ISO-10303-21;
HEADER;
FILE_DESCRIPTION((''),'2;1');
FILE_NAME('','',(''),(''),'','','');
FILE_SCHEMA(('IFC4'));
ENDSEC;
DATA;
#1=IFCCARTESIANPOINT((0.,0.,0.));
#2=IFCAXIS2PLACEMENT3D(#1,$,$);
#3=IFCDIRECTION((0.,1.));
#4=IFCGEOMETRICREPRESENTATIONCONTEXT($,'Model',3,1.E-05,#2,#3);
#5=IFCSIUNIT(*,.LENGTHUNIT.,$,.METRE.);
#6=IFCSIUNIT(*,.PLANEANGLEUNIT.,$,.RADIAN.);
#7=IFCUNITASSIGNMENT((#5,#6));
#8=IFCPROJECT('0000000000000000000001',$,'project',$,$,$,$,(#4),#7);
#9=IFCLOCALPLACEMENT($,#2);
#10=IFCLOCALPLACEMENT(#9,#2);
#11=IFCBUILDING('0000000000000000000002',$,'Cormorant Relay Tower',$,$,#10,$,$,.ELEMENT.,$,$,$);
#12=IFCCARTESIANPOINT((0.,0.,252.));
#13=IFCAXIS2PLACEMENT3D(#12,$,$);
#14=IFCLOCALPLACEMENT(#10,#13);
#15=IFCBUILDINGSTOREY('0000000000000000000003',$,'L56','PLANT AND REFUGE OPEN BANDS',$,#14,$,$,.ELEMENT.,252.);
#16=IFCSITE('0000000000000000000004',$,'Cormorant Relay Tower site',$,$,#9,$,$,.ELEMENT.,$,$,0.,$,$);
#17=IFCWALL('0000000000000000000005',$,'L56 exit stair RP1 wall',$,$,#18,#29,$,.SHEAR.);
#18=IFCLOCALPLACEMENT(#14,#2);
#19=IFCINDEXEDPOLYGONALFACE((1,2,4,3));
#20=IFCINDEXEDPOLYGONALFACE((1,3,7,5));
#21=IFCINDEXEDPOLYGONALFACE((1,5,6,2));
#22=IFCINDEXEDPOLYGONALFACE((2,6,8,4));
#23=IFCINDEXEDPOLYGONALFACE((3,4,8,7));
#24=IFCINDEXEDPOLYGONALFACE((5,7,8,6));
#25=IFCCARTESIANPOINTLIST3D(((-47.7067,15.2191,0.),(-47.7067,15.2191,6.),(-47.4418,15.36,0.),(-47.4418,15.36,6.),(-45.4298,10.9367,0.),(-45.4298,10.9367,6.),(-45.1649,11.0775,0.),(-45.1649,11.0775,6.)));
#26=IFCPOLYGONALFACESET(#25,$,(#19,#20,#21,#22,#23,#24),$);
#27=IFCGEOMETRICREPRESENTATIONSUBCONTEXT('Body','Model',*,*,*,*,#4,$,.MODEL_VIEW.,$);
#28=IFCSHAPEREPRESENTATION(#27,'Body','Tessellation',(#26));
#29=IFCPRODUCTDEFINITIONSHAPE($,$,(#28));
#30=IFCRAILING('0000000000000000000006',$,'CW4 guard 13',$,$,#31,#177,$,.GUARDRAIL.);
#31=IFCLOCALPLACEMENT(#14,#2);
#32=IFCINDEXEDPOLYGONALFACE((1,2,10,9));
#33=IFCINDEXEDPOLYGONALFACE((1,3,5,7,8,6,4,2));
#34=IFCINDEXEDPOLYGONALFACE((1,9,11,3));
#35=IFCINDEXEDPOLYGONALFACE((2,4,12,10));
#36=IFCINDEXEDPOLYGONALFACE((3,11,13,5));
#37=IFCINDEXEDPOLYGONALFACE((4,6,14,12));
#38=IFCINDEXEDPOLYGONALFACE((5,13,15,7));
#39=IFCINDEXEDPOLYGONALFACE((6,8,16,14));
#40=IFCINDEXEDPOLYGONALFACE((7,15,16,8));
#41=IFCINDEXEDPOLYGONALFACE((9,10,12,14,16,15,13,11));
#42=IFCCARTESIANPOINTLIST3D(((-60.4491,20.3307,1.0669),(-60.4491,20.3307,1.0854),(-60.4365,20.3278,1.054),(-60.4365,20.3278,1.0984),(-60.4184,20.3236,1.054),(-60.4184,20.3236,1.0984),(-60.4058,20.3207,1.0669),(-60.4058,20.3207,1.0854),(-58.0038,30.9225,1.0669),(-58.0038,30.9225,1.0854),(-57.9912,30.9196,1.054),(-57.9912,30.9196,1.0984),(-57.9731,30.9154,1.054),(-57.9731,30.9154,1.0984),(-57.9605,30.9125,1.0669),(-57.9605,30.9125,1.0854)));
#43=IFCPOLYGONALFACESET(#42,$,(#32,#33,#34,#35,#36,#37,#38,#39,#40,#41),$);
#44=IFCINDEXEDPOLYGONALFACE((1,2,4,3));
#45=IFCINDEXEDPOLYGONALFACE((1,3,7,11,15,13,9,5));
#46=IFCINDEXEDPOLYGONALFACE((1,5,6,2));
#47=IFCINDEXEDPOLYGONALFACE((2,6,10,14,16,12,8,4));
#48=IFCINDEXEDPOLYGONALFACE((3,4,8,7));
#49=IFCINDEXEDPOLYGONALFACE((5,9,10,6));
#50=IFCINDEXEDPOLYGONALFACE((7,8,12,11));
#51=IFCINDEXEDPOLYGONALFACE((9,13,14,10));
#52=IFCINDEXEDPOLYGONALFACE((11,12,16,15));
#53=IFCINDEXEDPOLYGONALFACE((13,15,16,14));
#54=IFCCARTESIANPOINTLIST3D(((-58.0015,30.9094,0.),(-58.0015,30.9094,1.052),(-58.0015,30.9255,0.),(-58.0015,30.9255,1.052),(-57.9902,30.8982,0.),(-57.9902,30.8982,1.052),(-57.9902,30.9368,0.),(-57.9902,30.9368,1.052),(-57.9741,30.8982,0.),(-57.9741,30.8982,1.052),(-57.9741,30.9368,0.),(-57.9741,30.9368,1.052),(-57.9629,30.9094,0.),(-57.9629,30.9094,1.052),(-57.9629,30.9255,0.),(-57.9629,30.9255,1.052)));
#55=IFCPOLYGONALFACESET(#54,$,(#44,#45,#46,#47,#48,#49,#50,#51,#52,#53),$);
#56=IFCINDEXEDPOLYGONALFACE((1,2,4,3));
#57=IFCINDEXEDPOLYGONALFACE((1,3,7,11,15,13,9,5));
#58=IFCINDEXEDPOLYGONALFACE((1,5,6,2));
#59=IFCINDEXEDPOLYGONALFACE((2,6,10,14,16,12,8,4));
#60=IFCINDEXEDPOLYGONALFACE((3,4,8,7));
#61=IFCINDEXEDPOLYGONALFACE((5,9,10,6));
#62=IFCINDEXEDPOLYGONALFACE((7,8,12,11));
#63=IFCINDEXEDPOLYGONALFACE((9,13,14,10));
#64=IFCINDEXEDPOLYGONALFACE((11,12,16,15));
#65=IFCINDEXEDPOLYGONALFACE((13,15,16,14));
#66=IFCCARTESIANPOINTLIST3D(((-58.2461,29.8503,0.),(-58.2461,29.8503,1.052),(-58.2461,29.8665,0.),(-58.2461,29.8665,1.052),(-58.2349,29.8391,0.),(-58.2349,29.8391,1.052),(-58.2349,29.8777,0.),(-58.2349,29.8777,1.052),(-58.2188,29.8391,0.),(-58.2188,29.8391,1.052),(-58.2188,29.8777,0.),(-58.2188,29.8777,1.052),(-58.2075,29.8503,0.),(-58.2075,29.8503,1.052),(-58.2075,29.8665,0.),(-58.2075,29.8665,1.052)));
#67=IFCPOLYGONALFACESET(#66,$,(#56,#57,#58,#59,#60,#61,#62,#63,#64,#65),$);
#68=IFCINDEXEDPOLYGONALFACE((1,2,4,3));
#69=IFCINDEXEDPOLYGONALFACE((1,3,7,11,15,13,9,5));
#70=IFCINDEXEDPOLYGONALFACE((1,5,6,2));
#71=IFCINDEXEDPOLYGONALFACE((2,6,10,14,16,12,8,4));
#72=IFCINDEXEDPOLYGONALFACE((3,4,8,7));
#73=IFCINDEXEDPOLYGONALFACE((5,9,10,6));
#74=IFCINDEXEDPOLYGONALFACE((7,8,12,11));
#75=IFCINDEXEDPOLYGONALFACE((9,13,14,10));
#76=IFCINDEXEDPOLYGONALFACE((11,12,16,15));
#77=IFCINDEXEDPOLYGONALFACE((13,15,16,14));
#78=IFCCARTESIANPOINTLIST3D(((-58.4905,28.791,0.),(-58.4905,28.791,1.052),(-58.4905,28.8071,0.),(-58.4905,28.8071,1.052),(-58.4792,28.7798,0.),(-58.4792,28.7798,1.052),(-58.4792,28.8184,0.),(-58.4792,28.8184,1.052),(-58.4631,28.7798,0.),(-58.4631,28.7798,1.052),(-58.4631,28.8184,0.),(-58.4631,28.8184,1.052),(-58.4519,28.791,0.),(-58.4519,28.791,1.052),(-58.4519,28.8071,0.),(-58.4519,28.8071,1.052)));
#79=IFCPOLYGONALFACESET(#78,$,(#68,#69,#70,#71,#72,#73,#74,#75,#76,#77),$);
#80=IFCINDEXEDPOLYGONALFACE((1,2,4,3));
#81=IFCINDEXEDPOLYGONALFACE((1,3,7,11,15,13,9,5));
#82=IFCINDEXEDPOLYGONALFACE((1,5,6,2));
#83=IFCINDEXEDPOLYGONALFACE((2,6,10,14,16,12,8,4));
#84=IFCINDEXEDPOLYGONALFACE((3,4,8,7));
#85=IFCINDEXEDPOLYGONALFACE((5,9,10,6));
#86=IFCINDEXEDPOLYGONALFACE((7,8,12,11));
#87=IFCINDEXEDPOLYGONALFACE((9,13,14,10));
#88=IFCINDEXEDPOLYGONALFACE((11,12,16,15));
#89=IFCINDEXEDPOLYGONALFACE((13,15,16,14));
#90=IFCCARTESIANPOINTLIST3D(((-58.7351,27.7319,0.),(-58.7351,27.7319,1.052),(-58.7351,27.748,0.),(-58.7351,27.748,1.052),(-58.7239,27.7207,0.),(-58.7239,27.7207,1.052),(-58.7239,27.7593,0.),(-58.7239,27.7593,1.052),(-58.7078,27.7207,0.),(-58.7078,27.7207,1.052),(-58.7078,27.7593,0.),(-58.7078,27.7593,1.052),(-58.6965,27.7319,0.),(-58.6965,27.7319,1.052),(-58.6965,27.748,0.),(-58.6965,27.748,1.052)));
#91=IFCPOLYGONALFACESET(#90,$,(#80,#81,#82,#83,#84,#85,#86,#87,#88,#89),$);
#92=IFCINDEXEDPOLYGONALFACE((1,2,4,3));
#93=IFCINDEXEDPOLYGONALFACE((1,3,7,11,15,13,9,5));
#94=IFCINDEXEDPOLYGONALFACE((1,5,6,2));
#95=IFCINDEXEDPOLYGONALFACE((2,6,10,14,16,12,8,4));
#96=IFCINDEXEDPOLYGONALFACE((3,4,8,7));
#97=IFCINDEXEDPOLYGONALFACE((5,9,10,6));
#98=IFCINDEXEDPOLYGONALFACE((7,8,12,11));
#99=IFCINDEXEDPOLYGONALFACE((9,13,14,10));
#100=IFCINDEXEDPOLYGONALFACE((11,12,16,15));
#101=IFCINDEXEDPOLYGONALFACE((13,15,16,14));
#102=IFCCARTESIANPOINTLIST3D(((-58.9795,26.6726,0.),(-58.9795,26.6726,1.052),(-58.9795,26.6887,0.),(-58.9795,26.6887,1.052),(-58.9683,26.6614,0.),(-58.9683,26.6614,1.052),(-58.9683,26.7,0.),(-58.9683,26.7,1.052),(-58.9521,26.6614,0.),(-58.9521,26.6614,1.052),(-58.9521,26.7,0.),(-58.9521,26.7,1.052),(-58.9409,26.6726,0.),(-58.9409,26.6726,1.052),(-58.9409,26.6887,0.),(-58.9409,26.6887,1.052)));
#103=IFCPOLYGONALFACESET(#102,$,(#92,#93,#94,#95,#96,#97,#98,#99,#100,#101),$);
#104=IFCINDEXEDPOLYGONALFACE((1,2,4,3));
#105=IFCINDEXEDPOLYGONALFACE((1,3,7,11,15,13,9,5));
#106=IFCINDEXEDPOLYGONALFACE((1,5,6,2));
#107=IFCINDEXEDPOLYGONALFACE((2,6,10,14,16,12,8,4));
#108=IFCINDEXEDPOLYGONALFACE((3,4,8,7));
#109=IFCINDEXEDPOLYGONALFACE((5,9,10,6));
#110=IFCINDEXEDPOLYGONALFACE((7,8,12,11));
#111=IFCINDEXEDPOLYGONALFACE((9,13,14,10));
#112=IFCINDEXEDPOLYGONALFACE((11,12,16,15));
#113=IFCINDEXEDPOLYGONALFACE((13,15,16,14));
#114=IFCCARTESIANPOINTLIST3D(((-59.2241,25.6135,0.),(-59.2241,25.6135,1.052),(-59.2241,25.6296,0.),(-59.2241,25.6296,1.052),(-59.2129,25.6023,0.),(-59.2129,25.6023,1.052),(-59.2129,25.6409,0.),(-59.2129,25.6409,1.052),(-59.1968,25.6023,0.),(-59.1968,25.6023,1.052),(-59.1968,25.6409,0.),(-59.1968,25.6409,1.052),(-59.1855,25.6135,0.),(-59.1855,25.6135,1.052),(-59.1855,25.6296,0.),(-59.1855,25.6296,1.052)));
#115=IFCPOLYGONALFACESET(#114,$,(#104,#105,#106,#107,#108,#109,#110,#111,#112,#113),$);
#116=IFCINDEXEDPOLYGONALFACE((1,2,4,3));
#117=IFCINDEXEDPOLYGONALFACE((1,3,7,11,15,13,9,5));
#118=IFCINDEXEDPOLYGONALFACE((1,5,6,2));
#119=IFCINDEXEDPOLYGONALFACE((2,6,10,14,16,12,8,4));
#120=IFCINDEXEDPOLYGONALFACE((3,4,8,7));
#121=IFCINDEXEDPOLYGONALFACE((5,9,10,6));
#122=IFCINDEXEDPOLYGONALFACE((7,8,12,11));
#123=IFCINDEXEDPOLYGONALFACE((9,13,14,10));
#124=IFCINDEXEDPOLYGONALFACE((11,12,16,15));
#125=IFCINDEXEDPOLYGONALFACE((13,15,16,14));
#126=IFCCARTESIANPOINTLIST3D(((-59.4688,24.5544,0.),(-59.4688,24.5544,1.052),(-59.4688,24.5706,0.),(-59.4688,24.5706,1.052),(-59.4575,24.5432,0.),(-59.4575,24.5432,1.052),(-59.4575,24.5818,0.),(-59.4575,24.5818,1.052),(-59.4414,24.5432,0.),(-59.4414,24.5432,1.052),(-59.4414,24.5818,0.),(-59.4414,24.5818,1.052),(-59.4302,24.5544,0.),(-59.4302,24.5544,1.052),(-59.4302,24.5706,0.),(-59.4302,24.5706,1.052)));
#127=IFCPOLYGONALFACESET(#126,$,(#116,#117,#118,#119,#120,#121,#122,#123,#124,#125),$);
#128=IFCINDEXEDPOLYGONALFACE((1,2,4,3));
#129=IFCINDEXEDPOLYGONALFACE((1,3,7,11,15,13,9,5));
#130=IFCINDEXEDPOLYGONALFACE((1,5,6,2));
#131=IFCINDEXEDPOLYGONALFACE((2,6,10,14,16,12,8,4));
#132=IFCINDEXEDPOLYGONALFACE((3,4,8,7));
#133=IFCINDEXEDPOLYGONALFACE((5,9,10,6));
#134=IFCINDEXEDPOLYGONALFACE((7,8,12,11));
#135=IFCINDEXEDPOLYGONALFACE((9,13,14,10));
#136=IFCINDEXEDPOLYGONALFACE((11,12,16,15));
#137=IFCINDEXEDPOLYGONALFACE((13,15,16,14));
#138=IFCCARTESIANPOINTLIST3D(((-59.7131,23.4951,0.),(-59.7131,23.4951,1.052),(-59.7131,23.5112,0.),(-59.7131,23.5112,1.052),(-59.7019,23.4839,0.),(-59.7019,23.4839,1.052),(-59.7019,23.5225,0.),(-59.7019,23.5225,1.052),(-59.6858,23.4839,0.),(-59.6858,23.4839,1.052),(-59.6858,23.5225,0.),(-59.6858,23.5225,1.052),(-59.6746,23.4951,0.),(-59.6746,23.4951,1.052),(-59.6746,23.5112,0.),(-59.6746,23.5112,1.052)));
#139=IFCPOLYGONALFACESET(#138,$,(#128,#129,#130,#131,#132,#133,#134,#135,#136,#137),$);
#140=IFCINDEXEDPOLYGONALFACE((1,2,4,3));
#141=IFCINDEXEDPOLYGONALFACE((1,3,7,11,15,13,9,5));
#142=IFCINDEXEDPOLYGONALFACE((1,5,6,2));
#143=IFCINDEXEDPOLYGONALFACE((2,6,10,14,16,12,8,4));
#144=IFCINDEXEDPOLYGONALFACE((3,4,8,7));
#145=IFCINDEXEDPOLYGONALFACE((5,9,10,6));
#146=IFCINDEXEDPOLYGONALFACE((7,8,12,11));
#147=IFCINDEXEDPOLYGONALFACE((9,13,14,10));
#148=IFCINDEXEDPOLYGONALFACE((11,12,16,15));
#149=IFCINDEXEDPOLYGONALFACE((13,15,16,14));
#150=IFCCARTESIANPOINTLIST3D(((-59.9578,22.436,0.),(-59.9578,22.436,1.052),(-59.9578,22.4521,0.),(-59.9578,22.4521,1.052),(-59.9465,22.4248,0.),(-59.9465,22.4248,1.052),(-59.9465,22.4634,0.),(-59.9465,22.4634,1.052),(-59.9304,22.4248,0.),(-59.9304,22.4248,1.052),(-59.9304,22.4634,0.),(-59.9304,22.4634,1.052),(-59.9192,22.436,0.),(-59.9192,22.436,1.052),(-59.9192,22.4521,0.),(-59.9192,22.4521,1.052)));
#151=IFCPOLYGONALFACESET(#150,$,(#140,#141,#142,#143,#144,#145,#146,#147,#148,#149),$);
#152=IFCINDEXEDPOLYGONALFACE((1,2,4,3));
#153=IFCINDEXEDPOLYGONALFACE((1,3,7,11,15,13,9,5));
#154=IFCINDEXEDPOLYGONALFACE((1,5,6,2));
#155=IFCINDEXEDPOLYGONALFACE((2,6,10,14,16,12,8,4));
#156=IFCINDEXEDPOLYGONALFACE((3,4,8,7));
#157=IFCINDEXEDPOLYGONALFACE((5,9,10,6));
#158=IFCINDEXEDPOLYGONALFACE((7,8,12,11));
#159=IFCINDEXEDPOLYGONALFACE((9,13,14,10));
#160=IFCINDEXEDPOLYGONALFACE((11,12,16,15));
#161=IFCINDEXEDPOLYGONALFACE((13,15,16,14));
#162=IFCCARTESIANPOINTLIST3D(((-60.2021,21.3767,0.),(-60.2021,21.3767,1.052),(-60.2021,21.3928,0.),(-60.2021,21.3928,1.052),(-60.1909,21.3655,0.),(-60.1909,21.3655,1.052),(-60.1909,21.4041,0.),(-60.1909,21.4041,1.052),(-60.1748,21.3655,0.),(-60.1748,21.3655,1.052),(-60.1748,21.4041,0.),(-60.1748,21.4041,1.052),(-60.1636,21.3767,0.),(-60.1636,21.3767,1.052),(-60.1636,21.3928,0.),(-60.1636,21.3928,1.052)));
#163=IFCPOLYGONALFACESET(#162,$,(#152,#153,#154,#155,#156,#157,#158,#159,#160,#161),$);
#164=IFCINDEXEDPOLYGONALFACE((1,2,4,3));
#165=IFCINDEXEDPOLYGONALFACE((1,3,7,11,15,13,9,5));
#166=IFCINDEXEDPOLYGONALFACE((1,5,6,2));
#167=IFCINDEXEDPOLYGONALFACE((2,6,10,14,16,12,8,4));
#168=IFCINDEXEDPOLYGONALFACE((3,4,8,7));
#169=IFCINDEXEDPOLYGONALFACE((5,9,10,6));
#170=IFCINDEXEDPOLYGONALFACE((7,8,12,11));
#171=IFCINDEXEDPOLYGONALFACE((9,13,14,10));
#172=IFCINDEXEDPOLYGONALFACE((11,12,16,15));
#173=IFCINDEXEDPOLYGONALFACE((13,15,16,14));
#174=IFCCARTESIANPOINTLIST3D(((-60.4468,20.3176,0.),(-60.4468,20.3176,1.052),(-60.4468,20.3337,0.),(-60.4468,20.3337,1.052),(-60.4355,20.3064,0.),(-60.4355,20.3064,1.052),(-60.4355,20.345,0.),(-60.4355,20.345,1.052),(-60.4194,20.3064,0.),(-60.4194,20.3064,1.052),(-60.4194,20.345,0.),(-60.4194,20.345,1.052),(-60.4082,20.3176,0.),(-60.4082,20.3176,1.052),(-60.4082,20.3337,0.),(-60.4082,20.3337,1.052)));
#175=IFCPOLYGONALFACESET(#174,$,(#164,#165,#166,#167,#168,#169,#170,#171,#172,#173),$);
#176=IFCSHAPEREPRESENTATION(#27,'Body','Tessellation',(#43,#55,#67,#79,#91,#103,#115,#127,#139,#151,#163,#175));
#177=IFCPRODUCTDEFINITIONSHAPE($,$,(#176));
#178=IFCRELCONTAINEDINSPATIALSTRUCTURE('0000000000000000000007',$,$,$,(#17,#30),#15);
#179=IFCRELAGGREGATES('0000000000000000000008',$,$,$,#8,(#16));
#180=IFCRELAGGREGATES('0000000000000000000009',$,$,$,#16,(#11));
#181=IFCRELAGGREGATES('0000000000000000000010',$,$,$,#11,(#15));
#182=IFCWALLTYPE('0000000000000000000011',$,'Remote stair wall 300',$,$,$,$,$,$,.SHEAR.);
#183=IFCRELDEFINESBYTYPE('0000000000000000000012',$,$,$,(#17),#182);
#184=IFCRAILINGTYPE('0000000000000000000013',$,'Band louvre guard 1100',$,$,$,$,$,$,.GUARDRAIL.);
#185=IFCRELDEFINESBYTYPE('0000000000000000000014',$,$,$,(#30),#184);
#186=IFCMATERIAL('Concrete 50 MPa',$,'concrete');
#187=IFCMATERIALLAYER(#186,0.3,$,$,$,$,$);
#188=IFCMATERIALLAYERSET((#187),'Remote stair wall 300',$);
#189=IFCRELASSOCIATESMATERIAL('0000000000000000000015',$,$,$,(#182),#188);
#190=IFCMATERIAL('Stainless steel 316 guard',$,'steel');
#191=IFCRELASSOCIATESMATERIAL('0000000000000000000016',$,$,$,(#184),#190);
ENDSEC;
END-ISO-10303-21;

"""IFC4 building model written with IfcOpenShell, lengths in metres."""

from ifc_helpers import new_model, si_unit, direction, frame, frame_2d, origin, place, context, subcontext, project, spatial, polyline, rectangle, outline, extrude, material, layer, layer_set, type_object, element, save


model = new_model("IFC4")

# Units and contexts
model_context = context("Model", 3, precision=1e-05, world=origin(), true_north=direction((0.0, 1.0)))
body_context = subcontext(model_context, "Body", "Model", "MODEL_VIEW")
ifc_project = project(units=[si_unit("LENGTHUNIT", "METRE"), si_unit("PLANEANGLEUNIT", "RADIAN")], contexts=[model_context])

# Site, building, storey
site_placement = place(None, origin())
site = spatial("IfcSite", under=ifc_project, at=site_placement, Name="Cormorant Relay Tower site", CompositionType="ELEMENT", RefElevation=0.0)
building_placement = place(site_placement, origin())
building = spatial("IfcBuilding", under=site, at=building_placement, Name="Cormorant Relay Tower", CompositionType="ELEMENT")
storey_placement = place(building_placement, frame((0.0, 0.0, 252.0)))
storey = spatial("IfcBuildingStorey", under=building, at=storey_placement, Name="L56", Description="PLANT AND REFUGE OPEN BANDS", CompositionType="ELEMENT", Elevation=252.0)

# Wall
ifc_material_1 = material(Name="Concrete 50 MPa", Category="concrete")
ifc_layer_1 = layer(ifc_material_1, 0.3)
ifc_layer_set_1 = layer_set([ifc_layer_1], Name="Remote stair wall 300")
wall_type_1 = type_object("IfcWallType", Name="Remote stair wall 300", PredefinedType="SHEAR", material=ifc_layer_set_1)
wall_1_placement = place(storey_placement, frame((-47.5742, 15.2896, 0.0), z_axis=(0.0, 0.0, 1.0), x_axis=(0.469443, -0.882963, 0.0)))
element("IfcWall", 1, at=wall_1_placement, inside=storey, type_object=wall_type_1, Name="L56 exit stair RP1 wall", PredefinedType="SHEAR", context=body_context, shape_type="SweptSolid", body=[
    extrude(rectangle(XDim=4.8501, YDim=0.3, at=frame_2d((2.425, 0.0))), origin(), (0.0, 0.0, 1.0), 6.0),
])

# Railing
ifc_material_2 = material(Name="Stainless steel 316 guard", Category="steel")
railing_type = type_object("IfcRailingType", Name="Band louvre guard 1100", PredefinedType="GUARDRAIL", material=ifc_material_2)
railing_1_placement = place(storey_placement, frame((-57.9822, 30.9175, 0.0)))
element("IfcRailing", 2, at=railing_1_placement, inside=storey, type_object=railing_type, Name="CW4 guard 13", PredefinedType="GUARDRAIL", context=body_context, shape_type="SweptSolid", body=[
    extrude(outline(polyline([(0.0222, 0.0093), (0.0093, 0.0222), (-0.0093, 0.0222), (-0.0222, 0.0093), (-0.0222, -0.0093), (-0.0093, -0.0222), (0.0093, -0.0222), (0.0222, -0.0093), (0.0222, 0.0093)])), frame((0.0, 0.0, 1.0762), z_axis=(-0.224951, -0.97437, 0.0), x_axis=(0.97437, -0.224951, 0.0)), (0.0, 0.0, 1.0), 10.8704),
    extrude(outline(polyline([(0.0193, 0.0081), (0.0081, 0.0193), (-0.0081, 0.0193), (-0.0193, 0.0081), (-0.0193, -0.0081), (-0.0081, -0.0193), (0.0081, -0.0193), (0.0193, -0.0081), (0.0193, 0.0081)])), origin(), (0.0, 0.0, 1.0), 1.052),
    extrude(outline(polyline([(0.0193, 0.0081), (0.0081, 0.0193), (-0.0081, 0.0193), (-0.0193, 0.0081), (-0.0193, -0.0081), (-0.0081, -0.0193), (0.0081, -0.0193), (0.0193, -0.0081), (0.0193, 0.0081)])), frame((-0.2446, -1.0591, 0.0)), (0.0, 0.0, 1.0), 1.052),
    extrude(outline(polyline([(0.0193, 0.0081), (0.0081, 0.0193), (-0.0081, 0.0193), (-0.0193, 0.0081), (-0.0193, -0.0081), (-0.0081, -0.0193), (0.0081, -0.0193), (0.0193, -0.0081), (0.0193, 0.0081)])), frame((-0.489, -2.1184, 0.0)), (0.0, 0.0, 1.0), 1.052),
    extrude(outline(polyline([(0.0193, 0.0081), (0.0081, 0.0193), (-0.0081, 0.0193), (-0.0193, 0.0081), (-0.0193, -0.0081), (-0.0081, -0.0193), (0.0081, -0.0193), (0.0193, -0.0081), (0.0193, 0.0081)])), frame((-0.7336, -3.1775, 0.0)), (0.0, 0.0, 1.0), 1.052),
    extrude(outline(polyline([(0.0193, 0.0081), (0.0081, 0.0193), (-0.0081, 0.0193), (-0.0193, 0.0081), (-0.0193, -0.0081), (-0.0081, -0.0193), (0.0081, -0.0193), (0.0193, -0.0081), (0.0193, 0.0081)])), frame((-0.978, -4.2368, 0.0)), (0.0, 0.0, 1.0), 1.052),
    extrude(outline(polyline([(0.0193, 0.0081), (0.0081, 0.0193), (-0.0081, 0.0193), (-0.0193, 0.0081), (-0.0193, -0.0081), (-0.0081, -0.0193), (0.0081, -0.0193), (0.0193, -0.0081), (0.0193, 0.0081)])), frame((-1.2227, -5.2959, 0.0)), (0.0, 0.0, 1.0), 1.052),
    extrude(outline(polyline([(0.0193, 0.0081), (0.0081, 0.0193), (-0.0081, 0.0193), (-0.0193, 0.0081), (-0.0193, -0.0081), (-0.0081, -0.0193), (0.0081, -0.0193), (0.0193, -0.0081), (0.0193, 0.0081)])), frame((-1.4673, -6.355, 0.0)), (0.0, 0.0, 1.0), 1.052),
    extrude(outline(polyline([(0.0193, 0.0081), (0.0081, 0.0193), (-0.0081, 0.0193), (-0.0193, 0.0081), (-0.0193, -0.0081), (-0.0081, -0.0193), (0.0081, -0.0193), (0.0193, -0.0081), (0.0193, 0.0081)])), frame((-1.7117, -7.4143, 0.0)), (0.0, 0.0, 1.0), 1.052),
    extrude(outline(polyline([(0.0193, 0.0081), (0.0081, 0.0193), (-0.0081, 0.0193), (-0.0193, 0.0081), (-0.0193, -0.0081), (-0.0081, -0.0193), (0.0081, -0.0193), (0.0193, -0.0081), (0.0193, 0.0081)])), frame((-1.9563, -8.4734, 0.0)), (0.0, 0.0, 1.0), 1.052),
    extrude(outline(polyline([(0.0193, 0.0081), (0.0081, 0.0193), (-0.0081, 0.0193), (-0.0193, 0.0081), (-0.0193, -0.0081), (-0.0081, -0.0193), (0.0081, -0.0193), (0.0193, -0.0081), (0.0193, 0.0081)])), frame((-2.2007, -9.5327, 0.0)), (0.0, 0.0, 1.0), 1.052),
    extrude(outline(polyline([(0.0193, 0.0081), (0.0081, 0.0193), (-0.0081, 0.0193), (-0.0193, 0.0081), (-0.0193, -0.0081), (-0.0081, -0.0193), (0.0081, -0.0193), (0.0193, -0.0081), (0.0193, 0.0081)])), frame((-2.4453, -10.5918, 0.0)), (0.0, 0.0, 1.0), 1.052),
])

save(model, "model.ifc")
